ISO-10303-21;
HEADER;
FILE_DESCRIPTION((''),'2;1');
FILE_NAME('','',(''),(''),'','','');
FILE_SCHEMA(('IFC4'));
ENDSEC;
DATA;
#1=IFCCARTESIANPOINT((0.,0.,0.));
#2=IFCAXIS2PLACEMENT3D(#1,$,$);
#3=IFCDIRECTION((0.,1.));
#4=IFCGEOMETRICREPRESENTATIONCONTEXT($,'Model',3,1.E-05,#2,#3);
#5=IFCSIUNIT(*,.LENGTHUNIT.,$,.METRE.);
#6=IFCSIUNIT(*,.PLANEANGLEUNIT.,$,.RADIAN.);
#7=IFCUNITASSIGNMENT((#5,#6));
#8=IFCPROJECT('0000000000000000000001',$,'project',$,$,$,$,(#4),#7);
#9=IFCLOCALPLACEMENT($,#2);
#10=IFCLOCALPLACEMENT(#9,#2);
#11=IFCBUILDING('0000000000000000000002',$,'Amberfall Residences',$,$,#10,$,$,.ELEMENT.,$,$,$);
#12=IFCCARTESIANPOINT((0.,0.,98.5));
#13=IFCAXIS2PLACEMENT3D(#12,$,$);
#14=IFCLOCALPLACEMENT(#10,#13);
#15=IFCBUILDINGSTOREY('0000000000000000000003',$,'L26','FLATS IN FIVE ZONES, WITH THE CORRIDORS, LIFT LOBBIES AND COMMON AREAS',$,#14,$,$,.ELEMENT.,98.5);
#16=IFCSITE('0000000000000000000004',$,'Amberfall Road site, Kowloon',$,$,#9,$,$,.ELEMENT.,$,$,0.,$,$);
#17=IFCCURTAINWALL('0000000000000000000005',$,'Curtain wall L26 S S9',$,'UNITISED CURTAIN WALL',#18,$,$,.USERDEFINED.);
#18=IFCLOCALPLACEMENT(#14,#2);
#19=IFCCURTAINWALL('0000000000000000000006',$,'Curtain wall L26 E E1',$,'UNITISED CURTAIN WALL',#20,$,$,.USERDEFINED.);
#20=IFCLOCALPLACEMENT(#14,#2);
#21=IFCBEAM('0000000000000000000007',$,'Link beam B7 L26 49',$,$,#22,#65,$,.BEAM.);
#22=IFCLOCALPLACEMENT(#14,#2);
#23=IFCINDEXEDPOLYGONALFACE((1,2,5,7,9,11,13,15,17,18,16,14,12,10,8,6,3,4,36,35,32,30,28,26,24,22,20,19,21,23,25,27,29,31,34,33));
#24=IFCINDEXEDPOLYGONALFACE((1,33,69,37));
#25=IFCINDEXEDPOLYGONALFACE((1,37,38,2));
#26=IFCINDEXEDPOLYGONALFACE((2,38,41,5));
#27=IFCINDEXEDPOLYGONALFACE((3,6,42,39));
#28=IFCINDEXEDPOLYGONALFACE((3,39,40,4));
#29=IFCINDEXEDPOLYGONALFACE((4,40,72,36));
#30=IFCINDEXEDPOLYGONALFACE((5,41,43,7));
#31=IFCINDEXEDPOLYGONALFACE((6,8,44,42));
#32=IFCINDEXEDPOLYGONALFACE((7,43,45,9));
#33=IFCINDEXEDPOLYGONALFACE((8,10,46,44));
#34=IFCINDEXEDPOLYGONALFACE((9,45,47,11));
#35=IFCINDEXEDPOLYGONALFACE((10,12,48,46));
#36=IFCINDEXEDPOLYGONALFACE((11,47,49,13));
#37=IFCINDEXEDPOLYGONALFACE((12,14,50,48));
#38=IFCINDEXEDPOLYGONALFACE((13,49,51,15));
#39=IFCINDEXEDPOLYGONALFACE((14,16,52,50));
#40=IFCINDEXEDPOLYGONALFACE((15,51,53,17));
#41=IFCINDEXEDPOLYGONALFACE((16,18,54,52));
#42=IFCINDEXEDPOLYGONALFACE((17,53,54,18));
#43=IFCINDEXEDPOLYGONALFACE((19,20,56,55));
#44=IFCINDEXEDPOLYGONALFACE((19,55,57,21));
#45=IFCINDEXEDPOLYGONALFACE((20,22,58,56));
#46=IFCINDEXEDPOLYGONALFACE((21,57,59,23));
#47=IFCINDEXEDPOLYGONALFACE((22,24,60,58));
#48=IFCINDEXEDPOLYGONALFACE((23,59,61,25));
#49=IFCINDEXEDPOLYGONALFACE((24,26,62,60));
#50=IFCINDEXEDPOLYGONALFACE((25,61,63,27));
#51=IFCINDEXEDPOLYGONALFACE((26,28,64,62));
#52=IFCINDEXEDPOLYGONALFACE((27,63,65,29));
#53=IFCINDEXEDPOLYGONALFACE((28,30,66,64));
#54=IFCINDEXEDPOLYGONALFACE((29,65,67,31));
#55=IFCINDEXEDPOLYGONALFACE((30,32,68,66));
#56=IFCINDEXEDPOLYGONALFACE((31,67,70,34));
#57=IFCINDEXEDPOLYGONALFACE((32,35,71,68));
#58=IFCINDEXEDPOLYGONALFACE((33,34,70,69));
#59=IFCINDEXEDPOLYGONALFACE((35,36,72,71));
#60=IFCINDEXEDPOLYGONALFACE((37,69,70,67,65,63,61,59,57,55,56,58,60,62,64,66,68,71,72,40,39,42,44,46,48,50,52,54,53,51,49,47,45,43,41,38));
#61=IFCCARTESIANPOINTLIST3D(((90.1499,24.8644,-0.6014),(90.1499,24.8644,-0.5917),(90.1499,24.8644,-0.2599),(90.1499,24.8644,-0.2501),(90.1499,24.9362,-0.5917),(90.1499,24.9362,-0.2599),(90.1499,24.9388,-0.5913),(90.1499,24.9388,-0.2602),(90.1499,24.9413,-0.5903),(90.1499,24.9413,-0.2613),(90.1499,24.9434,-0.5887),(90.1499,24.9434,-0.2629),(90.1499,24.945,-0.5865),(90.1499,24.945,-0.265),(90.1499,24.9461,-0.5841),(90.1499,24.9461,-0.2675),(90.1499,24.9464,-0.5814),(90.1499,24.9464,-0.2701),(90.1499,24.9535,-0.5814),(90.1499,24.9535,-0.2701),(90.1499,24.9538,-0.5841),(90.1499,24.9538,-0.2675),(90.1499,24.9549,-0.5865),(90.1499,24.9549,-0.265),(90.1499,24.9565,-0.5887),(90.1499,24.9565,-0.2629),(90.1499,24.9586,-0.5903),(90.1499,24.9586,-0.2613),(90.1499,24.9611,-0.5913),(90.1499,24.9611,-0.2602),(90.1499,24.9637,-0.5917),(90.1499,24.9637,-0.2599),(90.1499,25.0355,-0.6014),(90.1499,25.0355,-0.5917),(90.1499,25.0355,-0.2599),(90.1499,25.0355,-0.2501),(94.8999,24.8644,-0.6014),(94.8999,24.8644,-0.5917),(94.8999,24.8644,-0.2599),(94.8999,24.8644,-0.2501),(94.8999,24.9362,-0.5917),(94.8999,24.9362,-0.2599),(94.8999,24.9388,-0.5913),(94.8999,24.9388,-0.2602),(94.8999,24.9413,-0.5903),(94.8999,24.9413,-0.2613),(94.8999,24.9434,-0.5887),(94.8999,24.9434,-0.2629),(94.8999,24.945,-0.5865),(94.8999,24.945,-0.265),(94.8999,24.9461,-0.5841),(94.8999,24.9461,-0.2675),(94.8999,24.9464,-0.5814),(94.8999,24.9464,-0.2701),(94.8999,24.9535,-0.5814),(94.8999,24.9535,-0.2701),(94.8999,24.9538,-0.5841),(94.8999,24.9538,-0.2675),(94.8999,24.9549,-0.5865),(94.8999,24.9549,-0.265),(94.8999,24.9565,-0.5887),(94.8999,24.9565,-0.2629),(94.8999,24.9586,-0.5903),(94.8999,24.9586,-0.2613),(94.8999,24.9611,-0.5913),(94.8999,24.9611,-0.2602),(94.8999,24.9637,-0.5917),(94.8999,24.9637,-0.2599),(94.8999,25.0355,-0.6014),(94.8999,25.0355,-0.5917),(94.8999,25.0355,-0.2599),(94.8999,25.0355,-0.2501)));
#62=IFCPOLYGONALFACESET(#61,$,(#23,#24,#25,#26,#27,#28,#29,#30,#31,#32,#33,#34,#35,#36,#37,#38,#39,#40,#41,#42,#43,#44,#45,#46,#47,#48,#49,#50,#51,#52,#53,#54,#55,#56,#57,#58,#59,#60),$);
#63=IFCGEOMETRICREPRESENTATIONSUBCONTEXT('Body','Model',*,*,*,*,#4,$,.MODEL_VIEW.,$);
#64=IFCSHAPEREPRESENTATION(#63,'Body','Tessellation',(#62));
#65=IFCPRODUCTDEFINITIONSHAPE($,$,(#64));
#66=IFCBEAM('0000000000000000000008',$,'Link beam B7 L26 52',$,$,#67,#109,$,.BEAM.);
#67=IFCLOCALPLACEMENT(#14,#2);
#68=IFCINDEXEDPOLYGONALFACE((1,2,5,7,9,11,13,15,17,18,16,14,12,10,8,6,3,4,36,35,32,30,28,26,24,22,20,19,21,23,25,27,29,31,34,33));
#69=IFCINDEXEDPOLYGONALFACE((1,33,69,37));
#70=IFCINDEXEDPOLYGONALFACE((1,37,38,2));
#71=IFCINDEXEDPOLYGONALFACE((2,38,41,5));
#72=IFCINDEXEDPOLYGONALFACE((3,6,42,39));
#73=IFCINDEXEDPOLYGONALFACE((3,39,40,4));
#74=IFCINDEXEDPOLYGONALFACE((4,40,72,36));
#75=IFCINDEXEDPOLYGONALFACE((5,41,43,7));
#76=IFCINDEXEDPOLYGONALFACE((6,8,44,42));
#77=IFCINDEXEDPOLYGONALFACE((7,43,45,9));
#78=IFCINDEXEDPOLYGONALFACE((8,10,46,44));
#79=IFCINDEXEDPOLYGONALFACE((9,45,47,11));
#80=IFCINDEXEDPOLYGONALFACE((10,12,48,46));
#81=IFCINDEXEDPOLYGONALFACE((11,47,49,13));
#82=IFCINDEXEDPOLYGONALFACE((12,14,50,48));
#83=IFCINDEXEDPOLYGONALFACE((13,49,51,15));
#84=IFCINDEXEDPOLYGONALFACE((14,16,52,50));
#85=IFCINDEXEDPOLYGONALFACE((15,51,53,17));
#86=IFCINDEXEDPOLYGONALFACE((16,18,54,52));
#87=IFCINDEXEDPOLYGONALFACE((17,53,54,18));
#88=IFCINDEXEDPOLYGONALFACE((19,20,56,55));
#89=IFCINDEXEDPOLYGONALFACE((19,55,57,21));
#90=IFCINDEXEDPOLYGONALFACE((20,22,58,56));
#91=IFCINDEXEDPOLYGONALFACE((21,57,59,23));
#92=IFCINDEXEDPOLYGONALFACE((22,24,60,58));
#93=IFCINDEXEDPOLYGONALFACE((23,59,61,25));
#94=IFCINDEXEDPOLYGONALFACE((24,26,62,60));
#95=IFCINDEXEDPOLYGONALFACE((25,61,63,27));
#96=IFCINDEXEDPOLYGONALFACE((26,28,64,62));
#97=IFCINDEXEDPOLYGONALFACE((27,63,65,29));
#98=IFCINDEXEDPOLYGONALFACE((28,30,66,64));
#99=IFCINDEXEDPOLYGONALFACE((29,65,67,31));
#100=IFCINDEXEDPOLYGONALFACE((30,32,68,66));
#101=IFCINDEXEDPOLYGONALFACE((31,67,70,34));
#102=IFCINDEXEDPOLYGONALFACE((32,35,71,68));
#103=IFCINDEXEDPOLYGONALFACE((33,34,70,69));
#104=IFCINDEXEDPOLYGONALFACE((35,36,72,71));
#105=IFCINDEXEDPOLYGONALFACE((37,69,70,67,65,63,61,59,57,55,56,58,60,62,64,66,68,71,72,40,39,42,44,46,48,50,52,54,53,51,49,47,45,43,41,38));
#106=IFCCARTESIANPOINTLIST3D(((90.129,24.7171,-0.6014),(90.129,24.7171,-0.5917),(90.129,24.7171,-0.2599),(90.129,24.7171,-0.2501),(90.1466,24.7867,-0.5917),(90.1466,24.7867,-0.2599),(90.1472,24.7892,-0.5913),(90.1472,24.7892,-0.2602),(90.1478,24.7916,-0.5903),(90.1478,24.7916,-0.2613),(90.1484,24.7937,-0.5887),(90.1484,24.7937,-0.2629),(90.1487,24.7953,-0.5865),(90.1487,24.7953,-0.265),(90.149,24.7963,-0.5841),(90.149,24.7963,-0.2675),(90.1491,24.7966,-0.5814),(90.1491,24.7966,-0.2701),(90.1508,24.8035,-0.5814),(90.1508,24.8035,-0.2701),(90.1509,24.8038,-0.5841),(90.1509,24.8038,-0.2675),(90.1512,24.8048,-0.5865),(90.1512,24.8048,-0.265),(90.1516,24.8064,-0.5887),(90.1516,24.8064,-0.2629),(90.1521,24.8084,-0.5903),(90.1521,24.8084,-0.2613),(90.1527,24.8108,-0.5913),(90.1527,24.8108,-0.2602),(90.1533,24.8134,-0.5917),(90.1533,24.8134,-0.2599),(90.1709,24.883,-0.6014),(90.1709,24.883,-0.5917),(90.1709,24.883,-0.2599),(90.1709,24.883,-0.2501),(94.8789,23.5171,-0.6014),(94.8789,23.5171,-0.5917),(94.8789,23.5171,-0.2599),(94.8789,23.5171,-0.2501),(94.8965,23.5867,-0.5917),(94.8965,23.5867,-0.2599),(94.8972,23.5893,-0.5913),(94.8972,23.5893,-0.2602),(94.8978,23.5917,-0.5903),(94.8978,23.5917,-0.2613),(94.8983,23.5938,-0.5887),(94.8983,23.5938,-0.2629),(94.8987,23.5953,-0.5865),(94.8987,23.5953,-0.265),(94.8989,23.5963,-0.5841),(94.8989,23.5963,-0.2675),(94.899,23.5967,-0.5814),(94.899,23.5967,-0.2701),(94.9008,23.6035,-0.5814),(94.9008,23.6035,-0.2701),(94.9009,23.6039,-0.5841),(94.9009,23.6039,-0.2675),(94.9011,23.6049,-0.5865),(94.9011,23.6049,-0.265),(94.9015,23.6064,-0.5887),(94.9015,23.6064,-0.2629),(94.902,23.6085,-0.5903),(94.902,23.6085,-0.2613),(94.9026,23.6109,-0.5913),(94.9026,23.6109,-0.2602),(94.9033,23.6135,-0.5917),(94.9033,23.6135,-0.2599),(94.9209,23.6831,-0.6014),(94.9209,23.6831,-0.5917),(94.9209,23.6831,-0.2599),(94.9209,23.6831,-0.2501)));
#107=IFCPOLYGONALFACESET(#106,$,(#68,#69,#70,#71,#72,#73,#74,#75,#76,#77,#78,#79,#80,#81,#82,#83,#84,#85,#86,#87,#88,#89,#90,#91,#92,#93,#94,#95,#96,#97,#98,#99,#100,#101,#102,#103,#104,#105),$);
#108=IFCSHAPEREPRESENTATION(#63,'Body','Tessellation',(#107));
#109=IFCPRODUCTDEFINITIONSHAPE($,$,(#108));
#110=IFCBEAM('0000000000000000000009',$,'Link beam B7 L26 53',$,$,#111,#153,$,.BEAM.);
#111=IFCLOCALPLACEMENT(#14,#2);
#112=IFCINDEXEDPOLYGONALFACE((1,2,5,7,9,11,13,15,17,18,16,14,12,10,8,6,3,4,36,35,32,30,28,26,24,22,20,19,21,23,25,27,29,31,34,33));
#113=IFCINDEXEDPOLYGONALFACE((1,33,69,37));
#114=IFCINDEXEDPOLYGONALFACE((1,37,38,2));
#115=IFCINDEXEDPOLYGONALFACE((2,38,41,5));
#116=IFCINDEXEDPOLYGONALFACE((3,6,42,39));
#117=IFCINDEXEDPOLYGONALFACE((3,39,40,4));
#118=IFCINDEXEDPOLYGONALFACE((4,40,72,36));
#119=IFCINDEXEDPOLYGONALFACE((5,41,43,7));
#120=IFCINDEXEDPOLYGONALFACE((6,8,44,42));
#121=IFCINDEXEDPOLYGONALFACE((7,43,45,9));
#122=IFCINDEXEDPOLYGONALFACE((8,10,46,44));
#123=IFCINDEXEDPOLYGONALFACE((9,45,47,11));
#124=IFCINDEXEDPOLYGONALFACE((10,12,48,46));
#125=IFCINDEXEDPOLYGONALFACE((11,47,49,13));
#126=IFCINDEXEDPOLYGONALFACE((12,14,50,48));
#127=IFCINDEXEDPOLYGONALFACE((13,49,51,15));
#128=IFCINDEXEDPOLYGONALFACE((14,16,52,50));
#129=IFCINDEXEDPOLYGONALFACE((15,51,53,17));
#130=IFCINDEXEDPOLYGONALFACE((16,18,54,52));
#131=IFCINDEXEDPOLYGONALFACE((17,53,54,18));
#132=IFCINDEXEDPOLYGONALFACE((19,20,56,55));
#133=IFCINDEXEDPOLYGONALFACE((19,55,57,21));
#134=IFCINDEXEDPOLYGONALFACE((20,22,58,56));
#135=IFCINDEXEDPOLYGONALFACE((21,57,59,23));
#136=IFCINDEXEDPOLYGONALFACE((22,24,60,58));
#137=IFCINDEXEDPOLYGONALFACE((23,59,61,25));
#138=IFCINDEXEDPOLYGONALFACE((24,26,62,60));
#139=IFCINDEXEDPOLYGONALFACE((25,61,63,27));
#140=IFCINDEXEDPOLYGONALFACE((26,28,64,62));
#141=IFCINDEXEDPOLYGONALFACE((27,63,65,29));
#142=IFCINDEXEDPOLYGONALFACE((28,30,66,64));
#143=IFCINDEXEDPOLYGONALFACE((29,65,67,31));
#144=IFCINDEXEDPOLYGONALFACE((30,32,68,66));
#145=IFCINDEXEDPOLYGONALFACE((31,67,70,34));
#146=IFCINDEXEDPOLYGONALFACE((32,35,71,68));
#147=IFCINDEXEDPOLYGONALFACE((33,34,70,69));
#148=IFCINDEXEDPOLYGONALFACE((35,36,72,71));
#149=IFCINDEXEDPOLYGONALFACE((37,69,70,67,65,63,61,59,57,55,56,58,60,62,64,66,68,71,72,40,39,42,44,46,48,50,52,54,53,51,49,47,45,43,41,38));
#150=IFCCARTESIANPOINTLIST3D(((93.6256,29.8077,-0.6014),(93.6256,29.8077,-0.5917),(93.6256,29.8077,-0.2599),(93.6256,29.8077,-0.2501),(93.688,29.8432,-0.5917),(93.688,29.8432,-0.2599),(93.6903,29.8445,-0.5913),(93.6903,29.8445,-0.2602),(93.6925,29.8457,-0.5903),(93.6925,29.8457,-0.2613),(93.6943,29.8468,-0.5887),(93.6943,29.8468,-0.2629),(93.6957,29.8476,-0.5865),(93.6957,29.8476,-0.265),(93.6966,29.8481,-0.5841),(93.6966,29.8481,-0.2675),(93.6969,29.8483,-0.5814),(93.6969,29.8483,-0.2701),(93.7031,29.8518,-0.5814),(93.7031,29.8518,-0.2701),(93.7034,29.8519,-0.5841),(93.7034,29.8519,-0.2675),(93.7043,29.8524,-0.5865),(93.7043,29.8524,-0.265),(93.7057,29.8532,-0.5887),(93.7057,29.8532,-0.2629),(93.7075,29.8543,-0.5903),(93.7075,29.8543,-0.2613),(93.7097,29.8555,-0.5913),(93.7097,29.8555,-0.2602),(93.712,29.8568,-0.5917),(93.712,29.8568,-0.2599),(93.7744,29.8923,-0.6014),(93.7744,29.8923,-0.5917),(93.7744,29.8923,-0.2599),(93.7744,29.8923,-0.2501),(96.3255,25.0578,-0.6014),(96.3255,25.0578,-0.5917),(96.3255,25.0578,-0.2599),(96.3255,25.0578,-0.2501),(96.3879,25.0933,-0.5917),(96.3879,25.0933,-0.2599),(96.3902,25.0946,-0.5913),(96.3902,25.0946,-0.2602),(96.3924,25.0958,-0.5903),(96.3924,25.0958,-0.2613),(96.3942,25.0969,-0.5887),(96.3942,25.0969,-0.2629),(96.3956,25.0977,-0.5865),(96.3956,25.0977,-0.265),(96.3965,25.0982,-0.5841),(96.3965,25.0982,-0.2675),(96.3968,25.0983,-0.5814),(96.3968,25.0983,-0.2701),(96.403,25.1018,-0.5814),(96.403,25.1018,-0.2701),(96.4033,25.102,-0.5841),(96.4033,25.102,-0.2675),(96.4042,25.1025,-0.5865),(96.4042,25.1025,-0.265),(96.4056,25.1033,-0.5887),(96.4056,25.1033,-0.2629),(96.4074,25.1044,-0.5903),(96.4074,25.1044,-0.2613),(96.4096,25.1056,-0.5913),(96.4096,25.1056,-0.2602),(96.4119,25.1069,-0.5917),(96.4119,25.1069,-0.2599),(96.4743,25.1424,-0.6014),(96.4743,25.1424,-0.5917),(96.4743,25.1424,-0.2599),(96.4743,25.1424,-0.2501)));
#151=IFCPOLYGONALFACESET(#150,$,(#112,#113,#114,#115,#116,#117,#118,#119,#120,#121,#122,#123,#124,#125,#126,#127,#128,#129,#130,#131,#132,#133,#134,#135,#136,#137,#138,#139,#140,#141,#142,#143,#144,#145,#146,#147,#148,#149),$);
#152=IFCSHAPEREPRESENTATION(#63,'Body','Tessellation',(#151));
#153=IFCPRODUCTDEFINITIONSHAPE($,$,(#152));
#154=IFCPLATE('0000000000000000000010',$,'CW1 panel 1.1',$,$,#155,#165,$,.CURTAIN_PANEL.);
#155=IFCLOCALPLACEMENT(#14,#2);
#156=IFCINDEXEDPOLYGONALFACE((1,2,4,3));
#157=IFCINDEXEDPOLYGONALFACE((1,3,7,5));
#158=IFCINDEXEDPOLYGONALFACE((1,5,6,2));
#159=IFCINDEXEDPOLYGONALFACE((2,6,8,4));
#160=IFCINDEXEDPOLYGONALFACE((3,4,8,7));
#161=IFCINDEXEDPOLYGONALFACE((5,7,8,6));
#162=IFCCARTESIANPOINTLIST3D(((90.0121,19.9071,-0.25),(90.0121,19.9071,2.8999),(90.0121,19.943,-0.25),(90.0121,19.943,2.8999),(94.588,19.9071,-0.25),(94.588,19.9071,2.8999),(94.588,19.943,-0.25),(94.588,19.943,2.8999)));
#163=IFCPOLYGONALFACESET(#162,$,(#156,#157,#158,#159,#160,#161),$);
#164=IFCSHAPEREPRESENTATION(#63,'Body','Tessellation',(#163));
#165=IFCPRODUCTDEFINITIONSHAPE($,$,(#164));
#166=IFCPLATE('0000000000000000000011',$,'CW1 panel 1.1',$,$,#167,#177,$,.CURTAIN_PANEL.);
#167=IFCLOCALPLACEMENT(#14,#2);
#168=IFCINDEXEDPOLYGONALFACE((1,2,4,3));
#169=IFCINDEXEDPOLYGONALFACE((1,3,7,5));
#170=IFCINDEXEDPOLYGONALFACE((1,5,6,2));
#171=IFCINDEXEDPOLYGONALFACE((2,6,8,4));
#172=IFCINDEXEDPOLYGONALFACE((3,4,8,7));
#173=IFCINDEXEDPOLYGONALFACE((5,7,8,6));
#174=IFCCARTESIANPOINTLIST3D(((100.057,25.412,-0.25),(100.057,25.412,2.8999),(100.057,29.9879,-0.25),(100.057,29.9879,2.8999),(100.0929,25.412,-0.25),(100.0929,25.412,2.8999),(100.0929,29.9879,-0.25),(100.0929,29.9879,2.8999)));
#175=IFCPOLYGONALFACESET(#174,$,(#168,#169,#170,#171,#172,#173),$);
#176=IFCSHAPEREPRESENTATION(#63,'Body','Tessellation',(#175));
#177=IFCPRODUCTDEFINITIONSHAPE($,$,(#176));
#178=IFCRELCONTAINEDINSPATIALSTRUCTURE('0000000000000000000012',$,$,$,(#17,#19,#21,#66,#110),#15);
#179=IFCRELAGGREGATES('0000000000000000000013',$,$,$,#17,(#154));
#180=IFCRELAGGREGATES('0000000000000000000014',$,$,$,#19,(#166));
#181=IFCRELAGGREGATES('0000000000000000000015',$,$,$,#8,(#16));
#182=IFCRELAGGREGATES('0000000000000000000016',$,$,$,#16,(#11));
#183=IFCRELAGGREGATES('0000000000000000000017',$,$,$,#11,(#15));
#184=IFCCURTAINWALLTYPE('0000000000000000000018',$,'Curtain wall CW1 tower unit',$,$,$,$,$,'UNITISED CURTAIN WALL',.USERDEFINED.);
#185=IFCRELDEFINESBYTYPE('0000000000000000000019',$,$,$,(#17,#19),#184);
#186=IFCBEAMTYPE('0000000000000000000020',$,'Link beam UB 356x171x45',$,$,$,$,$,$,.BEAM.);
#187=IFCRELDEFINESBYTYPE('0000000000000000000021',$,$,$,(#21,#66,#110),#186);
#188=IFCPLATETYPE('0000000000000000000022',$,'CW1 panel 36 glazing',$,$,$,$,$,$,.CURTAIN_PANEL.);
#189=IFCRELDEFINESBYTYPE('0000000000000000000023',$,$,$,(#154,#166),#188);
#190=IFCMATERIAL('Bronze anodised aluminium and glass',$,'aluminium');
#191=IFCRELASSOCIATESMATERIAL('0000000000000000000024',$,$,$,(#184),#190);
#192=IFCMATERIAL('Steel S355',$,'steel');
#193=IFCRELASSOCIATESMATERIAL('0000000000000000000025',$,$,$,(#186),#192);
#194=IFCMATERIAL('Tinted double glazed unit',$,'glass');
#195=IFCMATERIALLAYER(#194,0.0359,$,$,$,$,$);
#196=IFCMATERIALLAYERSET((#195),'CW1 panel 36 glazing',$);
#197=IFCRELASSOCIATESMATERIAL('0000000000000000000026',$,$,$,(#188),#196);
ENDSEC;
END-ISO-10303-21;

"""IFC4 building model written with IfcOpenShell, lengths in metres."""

from ifc_helpers import new_model, si_unit, direction, frame, origin, origin_2d, place, context, subcontext, project, spatial, rectangle, i_section, extrude, material, layer, layer_set, material_profile, profile_set, type_object, element, aggregate, save


model = new_model("IFC4")

# Units and contexts
model_context = context("Model", 3, precision=1e-05, world=origin(), true_north=direction((0.0, 1.0)))
body_context = subcontext(model_context, "Body", "Model", "MODEL_VIEW")
ifc_project = project(units=[si_unit("LENGTHUNIT", "METRE"), si_unit("PLANEANGLEUNIT", "RADIAN")], contexts=[model_context])

# Site, building, storey
site_placement = place(None, origin())
site = spatial("IfcSite", under=ifc_project, at=site_placement, Name="Amberfall Road site, Kowloon", CompositionType="ELEMENT", RefElevation=0.0)
building_placement = place(site_placement, origin())
building = spatial("IfcBuilding", under=site, at=building_placement, Name="Amberfall Residences", CompositionType="ELEMENT")
storey_placement = place(building_placement, frame((0.0, 0.0, 98.5)))
storey = spatial("IfcBuildingStorey", under=building, at=storey_placement, Name="L26", Description="FLATS IN FIVE ZONES, WITH THE CORRIDORS, LIFT LOBBIES AND COMMON AREAS", CompositionType="ELEMENT", Elevation=98.5)

# Curtain walls
ifc_material_1 = material(Name="Bronze anodised aluminium and glass", Category="aluminium")
curtain_wall_type = type_object("IfcCurtainWallType", Name="Curtain wall CW1 tower unit", ElementType="UNITISED CURTAIN WALL", PredefinedType="USERDEFINED", material=ifc_material_1)
curtain_wall_1_placement = place(storey_placement, origin())
curtain_wall_1 = element("IfcCurtainWall", 1, at=curtain_wall_1_placement, inside=storey, type_object=curtain_wall_type, Name="Curtain wall L26 S S9", ObjectType="UNITISED CURTAIN WALL", PredefinedType="USERDEFINED")
curtain_wall_2_placement = place(storey_placement, origin())
curtain_wall_2 = element("IfcCurtainWall", 2, at=curtain_wall_2_placement, inside=storey, type_object=curtain_wall_type, Name="Curtain wall L26 E E1", ObjectType="UNITISED CURTAIN WALL", PredefinedType="USERDEFINED")

# Beams
ifc_material_2 = material(Name="Steel S355", Category="steel")
ifc_material_profile_1 = material_profile(ifc_material_2, i_section(OverallWidth=0.1711, OverallDepth=0.3513, WebThickness=0.0071, FlangeThickness=0.0098, FilletRadius=0.0103, at=origin_2d()), Name="UB 356x171x45")
ifc_profile_set_1 = profile_set([ifc_material_profile_1], Name="Steel S355")
beam_type_1 = type_object("IfcBeamType", Name="Link beam UB 356x171x45", PredefinedType="BEAM", material=ifc_profile_set_1)
beam_1_placement = place(storey_placement, frame((90.1499, 24.95, -0.4258), z_axis=(1.0, 0.0, 0.0), x_axis=(0.0, 1.0, 0.0)))
element("IfcBeam", 3, at=beam_1_placement, inside=storey, type_object=beam_type_1, Name="Link beam B7 L26 49", PredefinedType="BEAM", context=body_context, shape_type="SweptSolid", body=[
    extrude(i_section(OverallWidth=0.1711, OverallDepth=0.3513, WebThickness=0.0071, FlangeThickness=0.0098, FilletRadius=0.0103, at=origin_2d()), origin(), (0.0, 0.0, 1.0), 4.75),
])
beam_2_placement = place(storey_placement, frame((94.8999, 23.6001, -0.4258), z_axis=(-0.969542, 0.244927, 0.0), x_axis=(-0.244927, -0.969542, 0.0)))
element("IfcBeam", 4, at=beam_2_placement, inside=storey, type_object=beam_type_1, Name="Link beam B7 L26 52", PredefinedType="BEAM", context=body_context, shape_type="SweptSolid", body=[
    extrude(i_section(OverallWidth=0.1711, OverallDepth=0.3513, WebThickness=0.0071, FlangeThickness=0.0098, FilletRadius=0.0103, at=origin_2d()), origin(), (0.0, 0.0, 1.0), 4.8992),
])
beam_3_placement = place(storey_placement, frame((96.3999, 25.1001, -0.4258), z_axis=(-0.49416, 0.869371, 0.0), x_axis=(-0.869371, -0.49416, 0.0)))
element("IfcBeam", 5, at=beam_3_placement, inside=storey, type_object=beam_type_1, Name="Link beam B7 L26 53", PredefinedType="BEAM", context=body_context, shape_type="SweptSolid", body=[
    extrude(i_section(OverallWidth=0.1711, OverallDepth=0.3513, WebThickness=0.0071, FlangeThickness=0.0098, FilletRadius=0.0103, at=origin_2d()), origin(), (0.0, 0.0, 1.0), 5.4636),
])

# Plates
ifc_material_3 = material(Name="Tinted double glazed unit", Category="glass")
ifc_layer_1 = layer(ifc_material_3, 0.0359)
ifc_layer_set_1 = layer_set([ifc_layer_1], Name="CW1 panel 36 glazing")
plate_type = type_object("IfcPlateType", Name="CW1 panel 36 glazing", PredefinedType="CURTAIN_PANEL", material=ifc_layer_set_1)
plate_1_placement = place(storey_placement, frame((92.3, 19.925, -0.25), z_axis=(0.0, 0.0, 1.0), x_axis=(1.0, 0.0, 0.0)))
plate_1 = element("IfcPlate", 6, at=plate_1_placement, type_object=plate_type, Name="CW1 panel 1.1", PredefinedType="CURTAIN_PANEL", context=body_context, shape_type="SweptSolid", body=[
    extrude(rectangle(XDim=4.5759, YDim=0.0359, at=origin_2d()), origin(), (0.0, 0.0, 1.0), 3.1499),
])
aggregate(curtain_wall_1, [plate_1])
plate_2_placement = place(storey_placement, frame((100.075, 27.7, -0.25), z_axis=(0.0, 0.0, 1.0), x_axis=(0.0, 1.0, 0.0)))
plate_2 = element("IfcPlate", 7, at=plate_2_placement, type_object=plate_type, Name="CW1 panel 1.1", PredefinedType="CURTAIN_PANEL", context=body_context, shape_type="SweptSolid", body=[
    extrude(rectangle(XDim=4.5759, YDim=0.0359, at=origin_2d()), origin(), (0.0, 0.0, 1.0), 3.1499),
])
aggregate(curtain_wall_2, [plate_2])

save(model, "model.ifc")
